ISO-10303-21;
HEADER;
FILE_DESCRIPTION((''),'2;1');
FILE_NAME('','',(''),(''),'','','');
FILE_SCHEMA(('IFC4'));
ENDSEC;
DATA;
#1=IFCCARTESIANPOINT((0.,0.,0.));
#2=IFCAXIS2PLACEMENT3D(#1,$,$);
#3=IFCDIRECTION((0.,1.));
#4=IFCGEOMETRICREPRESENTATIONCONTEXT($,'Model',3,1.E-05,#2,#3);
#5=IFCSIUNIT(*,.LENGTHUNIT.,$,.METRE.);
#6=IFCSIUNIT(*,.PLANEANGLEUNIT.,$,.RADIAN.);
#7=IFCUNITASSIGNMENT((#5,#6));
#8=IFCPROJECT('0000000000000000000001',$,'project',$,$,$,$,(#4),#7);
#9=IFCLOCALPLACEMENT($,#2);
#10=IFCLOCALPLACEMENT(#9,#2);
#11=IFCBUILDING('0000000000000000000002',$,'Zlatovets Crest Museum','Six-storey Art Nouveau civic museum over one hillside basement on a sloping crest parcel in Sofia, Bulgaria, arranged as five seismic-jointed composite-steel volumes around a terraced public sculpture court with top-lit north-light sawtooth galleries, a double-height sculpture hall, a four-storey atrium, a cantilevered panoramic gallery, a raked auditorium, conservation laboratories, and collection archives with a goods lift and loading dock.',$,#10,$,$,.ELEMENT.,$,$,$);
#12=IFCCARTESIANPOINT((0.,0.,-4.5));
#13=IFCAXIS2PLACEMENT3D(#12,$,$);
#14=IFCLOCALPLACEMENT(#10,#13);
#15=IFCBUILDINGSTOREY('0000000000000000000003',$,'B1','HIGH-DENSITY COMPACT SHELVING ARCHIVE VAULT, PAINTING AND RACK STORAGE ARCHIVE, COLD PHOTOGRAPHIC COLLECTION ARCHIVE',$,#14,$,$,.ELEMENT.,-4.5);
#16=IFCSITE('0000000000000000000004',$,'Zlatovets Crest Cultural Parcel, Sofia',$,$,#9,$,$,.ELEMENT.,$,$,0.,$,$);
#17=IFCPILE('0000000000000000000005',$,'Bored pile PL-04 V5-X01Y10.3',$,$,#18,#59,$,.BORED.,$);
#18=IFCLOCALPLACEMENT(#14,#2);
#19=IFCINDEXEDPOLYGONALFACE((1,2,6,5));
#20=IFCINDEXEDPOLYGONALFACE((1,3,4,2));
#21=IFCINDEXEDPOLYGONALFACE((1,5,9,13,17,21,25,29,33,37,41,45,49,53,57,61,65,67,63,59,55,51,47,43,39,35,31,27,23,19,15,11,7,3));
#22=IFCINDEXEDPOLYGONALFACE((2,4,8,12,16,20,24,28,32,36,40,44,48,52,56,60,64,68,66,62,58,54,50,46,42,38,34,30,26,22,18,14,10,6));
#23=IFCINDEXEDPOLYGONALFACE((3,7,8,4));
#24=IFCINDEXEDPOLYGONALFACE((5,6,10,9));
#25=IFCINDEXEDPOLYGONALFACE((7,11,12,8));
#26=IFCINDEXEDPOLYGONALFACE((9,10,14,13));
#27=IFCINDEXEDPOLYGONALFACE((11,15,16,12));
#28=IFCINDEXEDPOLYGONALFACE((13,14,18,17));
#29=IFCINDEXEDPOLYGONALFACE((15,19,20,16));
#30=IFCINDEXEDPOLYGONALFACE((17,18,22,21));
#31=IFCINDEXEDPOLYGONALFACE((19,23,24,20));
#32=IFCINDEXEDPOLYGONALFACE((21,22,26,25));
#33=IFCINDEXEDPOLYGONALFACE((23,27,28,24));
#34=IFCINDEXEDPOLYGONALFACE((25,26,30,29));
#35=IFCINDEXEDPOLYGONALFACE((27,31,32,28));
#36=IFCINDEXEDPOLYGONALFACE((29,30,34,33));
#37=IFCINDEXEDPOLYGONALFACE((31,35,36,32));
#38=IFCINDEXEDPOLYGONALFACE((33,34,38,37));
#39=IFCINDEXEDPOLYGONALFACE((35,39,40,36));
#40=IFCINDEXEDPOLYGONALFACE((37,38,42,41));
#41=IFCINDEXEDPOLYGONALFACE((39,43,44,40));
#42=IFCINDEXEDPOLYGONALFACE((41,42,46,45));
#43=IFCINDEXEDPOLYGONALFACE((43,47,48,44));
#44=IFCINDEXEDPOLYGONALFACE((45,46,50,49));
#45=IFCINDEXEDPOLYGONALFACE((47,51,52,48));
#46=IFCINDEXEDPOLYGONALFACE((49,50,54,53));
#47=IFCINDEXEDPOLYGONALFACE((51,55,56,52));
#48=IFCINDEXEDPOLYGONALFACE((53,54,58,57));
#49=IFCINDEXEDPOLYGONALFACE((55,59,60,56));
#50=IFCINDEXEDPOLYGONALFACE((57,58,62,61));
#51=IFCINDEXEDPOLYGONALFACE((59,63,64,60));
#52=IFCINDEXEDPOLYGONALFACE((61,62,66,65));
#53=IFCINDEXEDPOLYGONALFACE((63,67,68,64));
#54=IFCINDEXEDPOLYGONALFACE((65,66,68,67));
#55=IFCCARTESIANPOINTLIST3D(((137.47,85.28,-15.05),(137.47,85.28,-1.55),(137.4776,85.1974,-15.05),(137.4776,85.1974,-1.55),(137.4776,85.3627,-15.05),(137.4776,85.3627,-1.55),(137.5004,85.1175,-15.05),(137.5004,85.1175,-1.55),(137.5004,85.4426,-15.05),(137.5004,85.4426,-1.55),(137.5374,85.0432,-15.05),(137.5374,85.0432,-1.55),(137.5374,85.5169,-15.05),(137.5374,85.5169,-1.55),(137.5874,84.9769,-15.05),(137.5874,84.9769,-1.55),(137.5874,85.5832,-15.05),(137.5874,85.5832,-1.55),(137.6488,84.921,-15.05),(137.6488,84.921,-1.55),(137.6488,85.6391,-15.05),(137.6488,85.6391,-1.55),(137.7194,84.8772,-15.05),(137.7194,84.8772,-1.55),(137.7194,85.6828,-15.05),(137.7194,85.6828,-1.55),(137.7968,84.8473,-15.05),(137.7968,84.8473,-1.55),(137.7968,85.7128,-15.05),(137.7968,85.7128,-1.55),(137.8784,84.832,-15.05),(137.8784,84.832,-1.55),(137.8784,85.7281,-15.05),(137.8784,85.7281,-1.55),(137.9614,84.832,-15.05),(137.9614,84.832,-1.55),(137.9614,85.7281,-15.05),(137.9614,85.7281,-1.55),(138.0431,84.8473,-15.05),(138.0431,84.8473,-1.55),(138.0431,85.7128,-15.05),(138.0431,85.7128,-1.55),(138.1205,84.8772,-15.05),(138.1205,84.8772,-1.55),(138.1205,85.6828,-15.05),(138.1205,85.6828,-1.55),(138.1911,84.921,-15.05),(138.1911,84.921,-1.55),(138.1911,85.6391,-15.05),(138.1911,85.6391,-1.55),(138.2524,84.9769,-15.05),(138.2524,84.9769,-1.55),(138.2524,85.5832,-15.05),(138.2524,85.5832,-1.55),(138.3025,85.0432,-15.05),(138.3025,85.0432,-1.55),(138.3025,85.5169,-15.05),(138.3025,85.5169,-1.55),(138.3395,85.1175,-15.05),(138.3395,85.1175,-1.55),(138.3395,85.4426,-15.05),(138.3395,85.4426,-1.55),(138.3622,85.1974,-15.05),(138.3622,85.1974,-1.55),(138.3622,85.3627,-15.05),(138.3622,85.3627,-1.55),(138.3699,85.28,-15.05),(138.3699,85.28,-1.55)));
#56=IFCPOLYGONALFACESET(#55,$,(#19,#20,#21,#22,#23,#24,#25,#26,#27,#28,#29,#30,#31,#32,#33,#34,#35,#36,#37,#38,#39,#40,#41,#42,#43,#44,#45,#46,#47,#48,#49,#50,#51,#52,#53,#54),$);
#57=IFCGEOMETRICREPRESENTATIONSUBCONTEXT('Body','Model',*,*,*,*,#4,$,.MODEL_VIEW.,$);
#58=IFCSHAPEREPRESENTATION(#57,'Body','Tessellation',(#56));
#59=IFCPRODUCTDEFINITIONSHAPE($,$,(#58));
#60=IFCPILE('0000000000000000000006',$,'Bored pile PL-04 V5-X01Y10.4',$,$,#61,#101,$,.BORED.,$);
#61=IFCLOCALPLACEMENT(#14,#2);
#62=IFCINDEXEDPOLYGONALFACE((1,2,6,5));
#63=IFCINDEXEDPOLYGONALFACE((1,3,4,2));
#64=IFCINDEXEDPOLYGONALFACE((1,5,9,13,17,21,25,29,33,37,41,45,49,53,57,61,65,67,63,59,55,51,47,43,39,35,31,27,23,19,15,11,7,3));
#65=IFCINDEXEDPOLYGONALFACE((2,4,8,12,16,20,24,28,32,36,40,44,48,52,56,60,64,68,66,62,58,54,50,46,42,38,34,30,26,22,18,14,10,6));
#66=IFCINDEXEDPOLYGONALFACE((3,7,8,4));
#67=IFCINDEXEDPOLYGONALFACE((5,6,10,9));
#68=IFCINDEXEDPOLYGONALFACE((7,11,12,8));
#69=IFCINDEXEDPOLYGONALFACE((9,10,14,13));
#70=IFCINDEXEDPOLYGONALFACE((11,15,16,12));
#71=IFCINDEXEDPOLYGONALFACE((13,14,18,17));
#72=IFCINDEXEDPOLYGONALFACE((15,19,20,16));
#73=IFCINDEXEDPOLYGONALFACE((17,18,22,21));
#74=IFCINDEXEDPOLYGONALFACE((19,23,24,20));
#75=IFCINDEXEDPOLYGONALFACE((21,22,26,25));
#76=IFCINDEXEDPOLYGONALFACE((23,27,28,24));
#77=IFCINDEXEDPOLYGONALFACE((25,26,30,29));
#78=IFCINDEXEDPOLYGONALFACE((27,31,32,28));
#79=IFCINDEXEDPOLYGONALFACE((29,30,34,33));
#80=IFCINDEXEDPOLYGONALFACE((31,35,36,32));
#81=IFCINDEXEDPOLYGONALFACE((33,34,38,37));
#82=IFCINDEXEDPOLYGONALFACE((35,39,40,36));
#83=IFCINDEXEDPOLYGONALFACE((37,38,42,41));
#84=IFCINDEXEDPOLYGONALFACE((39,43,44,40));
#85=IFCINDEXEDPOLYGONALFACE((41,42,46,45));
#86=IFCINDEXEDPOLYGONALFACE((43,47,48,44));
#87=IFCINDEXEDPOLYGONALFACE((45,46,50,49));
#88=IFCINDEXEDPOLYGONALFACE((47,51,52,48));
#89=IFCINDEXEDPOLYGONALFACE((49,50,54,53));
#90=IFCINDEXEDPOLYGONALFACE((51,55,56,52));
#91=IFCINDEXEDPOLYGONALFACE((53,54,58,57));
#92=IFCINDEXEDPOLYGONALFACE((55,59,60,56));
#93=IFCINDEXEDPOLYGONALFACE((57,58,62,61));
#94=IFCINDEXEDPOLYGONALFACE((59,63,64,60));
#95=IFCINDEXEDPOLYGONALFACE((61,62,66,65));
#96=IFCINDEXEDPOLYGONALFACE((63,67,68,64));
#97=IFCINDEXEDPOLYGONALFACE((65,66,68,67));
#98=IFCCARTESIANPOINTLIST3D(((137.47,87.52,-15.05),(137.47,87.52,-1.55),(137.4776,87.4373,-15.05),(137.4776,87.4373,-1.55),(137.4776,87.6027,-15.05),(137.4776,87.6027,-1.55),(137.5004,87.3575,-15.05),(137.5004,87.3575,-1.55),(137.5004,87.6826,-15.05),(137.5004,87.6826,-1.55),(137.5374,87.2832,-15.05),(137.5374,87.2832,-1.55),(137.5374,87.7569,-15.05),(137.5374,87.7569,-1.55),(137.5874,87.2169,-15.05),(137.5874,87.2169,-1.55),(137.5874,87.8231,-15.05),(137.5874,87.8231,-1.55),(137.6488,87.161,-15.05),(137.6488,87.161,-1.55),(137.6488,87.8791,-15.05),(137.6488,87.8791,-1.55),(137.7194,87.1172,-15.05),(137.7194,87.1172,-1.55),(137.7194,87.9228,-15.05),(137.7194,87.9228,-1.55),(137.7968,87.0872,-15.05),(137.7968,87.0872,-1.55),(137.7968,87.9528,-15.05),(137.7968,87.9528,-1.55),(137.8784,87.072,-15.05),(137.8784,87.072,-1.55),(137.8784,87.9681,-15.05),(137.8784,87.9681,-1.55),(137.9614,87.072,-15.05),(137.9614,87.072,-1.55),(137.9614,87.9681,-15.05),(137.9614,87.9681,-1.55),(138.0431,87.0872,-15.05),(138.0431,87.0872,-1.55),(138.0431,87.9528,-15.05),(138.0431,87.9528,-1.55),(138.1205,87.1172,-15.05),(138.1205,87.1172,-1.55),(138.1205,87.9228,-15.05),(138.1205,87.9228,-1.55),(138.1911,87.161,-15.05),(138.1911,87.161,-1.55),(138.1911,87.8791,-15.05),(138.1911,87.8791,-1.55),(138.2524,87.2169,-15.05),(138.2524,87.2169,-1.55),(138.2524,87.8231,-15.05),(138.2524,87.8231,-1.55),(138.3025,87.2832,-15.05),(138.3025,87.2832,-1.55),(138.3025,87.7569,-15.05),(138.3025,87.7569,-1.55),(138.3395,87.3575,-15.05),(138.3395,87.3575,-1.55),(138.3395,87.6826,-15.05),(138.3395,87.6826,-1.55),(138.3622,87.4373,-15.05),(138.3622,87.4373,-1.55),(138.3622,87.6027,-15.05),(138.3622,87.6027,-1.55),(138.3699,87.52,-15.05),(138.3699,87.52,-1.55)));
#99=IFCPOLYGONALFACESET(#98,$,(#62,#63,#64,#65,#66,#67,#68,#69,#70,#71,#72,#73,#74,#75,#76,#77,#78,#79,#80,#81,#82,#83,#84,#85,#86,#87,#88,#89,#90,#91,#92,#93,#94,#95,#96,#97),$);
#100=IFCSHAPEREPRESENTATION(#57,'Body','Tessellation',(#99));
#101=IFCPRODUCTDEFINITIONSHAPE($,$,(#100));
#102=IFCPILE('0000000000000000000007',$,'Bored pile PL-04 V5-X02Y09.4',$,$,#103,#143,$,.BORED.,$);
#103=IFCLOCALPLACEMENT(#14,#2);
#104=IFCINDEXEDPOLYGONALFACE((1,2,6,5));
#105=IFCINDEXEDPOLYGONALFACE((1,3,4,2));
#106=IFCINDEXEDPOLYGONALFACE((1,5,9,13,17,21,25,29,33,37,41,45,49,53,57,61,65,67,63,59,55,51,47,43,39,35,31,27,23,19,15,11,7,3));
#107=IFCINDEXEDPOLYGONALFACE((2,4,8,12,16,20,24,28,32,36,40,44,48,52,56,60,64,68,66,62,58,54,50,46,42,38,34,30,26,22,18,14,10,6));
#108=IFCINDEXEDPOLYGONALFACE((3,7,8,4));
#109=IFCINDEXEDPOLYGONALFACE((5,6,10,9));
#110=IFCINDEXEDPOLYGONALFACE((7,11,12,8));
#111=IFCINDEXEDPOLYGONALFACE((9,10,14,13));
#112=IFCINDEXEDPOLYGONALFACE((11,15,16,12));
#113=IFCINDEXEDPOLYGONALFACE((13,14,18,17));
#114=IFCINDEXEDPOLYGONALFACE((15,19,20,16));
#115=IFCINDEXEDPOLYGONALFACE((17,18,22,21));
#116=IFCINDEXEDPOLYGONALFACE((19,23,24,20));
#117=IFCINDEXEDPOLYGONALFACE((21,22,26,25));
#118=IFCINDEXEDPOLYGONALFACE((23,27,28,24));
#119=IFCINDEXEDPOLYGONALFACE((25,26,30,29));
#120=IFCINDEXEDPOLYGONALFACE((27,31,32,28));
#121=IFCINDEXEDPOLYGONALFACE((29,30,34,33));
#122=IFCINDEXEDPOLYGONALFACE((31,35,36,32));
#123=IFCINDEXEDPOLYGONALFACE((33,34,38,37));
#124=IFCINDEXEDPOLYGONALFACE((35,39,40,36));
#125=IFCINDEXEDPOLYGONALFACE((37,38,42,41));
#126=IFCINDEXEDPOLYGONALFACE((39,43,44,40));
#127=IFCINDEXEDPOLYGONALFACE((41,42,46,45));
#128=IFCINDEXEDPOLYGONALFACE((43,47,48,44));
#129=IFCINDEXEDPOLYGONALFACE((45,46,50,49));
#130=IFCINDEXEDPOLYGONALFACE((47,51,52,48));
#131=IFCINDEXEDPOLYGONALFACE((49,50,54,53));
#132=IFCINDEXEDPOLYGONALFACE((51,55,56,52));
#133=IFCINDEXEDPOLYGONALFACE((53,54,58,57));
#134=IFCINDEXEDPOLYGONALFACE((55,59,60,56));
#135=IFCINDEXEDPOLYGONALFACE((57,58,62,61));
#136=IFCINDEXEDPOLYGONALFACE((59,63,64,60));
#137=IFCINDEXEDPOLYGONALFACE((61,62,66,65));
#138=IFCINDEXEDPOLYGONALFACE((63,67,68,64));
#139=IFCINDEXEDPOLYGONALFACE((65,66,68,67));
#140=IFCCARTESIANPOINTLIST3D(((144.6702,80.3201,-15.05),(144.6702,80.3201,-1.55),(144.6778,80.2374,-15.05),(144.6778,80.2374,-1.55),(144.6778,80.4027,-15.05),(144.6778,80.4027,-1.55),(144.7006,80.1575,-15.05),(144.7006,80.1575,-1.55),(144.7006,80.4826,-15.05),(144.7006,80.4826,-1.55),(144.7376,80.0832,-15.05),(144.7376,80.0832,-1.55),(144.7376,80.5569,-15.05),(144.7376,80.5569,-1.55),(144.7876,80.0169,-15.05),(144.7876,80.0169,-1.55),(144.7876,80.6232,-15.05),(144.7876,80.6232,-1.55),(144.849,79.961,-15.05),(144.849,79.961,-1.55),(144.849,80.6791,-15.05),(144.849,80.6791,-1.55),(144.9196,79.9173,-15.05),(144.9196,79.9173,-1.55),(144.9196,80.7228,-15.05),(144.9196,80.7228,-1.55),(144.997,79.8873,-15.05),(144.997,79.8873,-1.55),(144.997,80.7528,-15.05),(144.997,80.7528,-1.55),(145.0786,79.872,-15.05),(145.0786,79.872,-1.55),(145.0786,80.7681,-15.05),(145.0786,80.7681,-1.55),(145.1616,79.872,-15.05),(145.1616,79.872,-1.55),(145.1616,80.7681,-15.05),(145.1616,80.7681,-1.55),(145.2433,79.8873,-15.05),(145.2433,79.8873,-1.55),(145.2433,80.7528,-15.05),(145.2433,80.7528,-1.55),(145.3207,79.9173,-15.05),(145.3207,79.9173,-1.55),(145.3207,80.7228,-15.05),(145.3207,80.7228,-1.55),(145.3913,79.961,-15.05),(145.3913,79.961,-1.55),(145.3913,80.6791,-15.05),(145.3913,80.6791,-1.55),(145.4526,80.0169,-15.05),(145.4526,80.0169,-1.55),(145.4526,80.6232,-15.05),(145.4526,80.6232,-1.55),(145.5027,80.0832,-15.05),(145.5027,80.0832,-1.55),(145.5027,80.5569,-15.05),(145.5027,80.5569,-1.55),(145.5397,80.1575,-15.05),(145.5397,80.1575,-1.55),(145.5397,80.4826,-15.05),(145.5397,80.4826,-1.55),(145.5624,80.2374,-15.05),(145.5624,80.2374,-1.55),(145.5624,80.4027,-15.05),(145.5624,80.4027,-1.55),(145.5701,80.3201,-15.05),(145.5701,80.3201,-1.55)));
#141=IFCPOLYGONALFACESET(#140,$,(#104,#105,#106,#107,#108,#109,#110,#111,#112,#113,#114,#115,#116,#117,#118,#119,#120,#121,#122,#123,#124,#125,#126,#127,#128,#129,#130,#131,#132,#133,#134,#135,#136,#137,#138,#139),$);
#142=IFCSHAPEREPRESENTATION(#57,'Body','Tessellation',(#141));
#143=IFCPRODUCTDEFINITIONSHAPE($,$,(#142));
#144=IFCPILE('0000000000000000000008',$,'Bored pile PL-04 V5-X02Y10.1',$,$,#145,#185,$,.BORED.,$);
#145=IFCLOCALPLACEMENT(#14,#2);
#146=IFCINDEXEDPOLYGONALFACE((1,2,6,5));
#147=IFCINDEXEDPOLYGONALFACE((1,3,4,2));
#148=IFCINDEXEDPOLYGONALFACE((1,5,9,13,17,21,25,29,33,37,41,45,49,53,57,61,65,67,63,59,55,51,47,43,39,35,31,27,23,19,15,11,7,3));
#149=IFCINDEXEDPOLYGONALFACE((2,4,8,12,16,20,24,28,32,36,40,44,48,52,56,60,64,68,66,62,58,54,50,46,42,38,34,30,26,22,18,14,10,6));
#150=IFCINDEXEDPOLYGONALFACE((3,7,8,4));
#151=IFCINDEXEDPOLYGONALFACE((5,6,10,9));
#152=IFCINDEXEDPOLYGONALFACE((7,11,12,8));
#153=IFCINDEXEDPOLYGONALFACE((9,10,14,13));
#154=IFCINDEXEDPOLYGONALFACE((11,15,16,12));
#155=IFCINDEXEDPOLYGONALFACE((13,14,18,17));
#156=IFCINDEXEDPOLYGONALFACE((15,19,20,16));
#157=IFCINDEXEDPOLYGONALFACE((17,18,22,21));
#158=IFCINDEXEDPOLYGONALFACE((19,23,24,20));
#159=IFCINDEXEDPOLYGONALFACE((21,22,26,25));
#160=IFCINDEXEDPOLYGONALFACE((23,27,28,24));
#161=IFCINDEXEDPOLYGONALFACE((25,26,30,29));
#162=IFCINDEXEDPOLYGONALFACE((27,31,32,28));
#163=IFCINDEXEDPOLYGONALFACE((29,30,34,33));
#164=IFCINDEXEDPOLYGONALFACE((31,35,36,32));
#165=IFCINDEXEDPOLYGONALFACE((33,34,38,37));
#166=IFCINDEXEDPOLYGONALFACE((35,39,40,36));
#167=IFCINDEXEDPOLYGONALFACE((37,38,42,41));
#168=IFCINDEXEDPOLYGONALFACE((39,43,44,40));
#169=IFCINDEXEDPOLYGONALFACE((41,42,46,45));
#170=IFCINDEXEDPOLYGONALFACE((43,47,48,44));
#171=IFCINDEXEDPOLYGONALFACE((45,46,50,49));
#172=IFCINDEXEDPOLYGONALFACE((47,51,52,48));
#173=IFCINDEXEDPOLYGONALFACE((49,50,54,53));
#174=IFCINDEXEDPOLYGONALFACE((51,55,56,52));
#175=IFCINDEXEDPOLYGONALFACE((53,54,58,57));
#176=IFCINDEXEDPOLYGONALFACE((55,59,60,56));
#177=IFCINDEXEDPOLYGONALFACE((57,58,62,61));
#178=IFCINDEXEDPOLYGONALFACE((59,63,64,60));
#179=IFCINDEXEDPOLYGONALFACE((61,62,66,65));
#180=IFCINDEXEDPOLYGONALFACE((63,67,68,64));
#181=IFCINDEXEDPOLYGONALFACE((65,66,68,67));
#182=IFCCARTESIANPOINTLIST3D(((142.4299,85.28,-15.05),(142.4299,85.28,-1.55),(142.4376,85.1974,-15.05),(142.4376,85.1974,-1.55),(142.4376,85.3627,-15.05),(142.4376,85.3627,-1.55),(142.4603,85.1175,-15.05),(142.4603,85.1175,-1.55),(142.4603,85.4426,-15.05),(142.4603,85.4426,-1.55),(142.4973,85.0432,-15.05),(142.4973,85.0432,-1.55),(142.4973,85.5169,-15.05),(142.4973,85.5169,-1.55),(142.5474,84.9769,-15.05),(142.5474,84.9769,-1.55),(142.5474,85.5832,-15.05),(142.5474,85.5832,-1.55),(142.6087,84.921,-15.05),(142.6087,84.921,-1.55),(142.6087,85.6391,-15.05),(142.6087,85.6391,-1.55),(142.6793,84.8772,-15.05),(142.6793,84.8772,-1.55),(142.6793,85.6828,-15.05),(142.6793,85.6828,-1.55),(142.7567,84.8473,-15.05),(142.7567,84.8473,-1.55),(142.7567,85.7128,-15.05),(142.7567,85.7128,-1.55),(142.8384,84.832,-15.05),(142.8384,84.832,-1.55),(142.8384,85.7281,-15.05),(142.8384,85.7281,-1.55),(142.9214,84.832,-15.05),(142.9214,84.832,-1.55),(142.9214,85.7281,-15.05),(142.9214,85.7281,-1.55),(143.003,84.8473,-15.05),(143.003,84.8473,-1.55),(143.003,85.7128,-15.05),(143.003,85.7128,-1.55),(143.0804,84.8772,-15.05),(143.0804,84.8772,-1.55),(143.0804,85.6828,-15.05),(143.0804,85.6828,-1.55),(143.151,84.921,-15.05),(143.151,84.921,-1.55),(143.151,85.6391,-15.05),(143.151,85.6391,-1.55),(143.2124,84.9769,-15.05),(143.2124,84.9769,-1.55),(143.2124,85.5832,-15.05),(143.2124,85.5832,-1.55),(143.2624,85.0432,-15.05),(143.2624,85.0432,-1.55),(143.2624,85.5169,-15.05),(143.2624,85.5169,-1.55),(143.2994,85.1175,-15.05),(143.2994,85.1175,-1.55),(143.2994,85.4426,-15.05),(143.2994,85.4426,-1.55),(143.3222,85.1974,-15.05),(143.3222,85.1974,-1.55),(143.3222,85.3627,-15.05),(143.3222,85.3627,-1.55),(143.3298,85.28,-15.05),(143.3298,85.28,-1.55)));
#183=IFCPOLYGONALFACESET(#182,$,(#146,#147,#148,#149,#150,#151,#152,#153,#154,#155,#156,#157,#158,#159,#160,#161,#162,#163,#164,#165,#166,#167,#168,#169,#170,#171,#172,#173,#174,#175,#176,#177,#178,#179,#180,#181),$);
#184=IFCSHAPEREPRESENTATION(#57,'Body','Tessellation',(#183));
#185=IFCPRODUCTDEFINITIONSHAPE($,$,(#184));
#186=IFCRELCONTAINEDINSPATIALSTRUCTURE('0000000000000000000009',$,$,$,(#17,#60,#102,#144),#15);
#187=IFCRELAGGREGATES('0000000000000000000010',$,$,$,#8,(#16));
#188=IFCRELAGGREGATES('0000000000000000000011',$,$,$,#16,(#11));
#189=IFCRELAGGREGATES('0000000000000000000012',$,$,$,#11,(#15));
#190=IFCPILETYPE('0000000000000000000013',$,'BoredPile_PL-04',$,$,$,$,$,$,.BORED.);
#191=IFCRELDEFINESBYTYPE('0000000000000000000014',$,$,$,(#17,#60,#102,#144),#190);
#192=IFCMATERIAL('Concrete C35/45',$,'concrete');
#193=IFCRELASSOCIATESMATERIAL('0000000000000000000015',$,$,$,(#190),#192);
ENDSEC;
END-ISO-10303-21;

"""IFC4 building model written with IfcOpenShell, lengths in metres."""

from ifc_helpers import new_model, si_unit, direction, frame, origin, origin_2d, place, context, subcontext, project, spatial, circle, extrude, material, material_profile, profile_set, type_object, element, save


model = new_model("IFC4")

# Units and contexts
model_context = context("Model", 3, precision=1e-05, world=origin(), true_north=direction((0.0, 1.0)))
body_context = subcontext(model_context, "Body", "Model", "MODEL_VIEW")
ifc_project = project(units=[si_unit("LENGTHUNIT", "METRE"), si_unit("PLANEANGLEUNIT", "RADIAN")], contexts=[model_context])

# Site, building, storey
site_placement = place(None, origin())
site = spatial("IfcSite", under=ifc_project, at=site_placement, Name="Zlatovets Crest Cultural Parcel, Sofia", CompositionType="ELEMENT", RefElevation=0.0)
building_placement = place(site_placement, origin())
building = spatial("IfcBuilding", under=site, at=building_placement, Name="Zlatovets Crest Museum", Description="Six-storey Art Nouveau civic museum over one hillside basement on a sloping crest parcel in Sofia, Bulgaria, arranged as five seismic-jointed composite-steel volumes around a terraced public sculpture court with top-lit north-light sawtooth galleries, a double-height sculpture hall, a four-storey atrium, a cantilevered panoramic gallery, a raked auditorium, conservation laboratories, and collection archives with a goods lift and loading dock.", CompositionType="ELEMENT")
storey_placement = place(building_placement, frame((0.0, 0.0, -4.5)))
storey = spatial("IfcBuildingStorey", under=building, at=storey_placement, Name="B1", Description="HIGH-DENSITY COMPACT SHELVING ARCHIVE VAULT, PAINTING AND RACK STORAGE ARCHIVE, COLD PHOTOGRAPHIC COLLECTION ARCHIVE", CompositionType="ELEMENT", Elevation=-4.5)

# Piles
ifc_material_1 = material(Name="Concrete C35/45", Category="concrete")
ifc_material_profile_1 = material_profile(ifc_material_1, circle(Radius=0.45, at=origin_2d()), Name="PILE D900")
ifc_profile_set_1 = profile_set([ifc_material_profile_1], Name="Concrete C35/45")
pile_type = type_object("IfcPileType", Name="BoredPile_PL-04", PredefinedType="BORED", material=ifc_profile_set_1)
for number, where, z_axis, x_axis, name in (
    (1, (137.9199, 85.28, -1.55), (0.0, 0.0, -1.0), (1.0, 0.0, 0.0), "Bored pile PL-04 V5-X01Y10.3"),
    (2, (137.9199, 87.52, -1.55), (0.0, 0.0, -1.0), (1.0, 0.0, 0.0), "Bored pile PL-04 V5-X01Y10.4"),
    (3, (145.1201, 80.3201, -1.55), (0.0, 0.0, -1.0), (1.0, 0.0, 0.0), "Bored pile PL-04 V5-X02Y09.4"),
    (4, (142.8799, 85.28, -1.55), (0.0, 0.0, -1.0), (1.0, 0.0, 0.0), "Bored pile PL-04 V5-X02Y10.1"),
):
    element("IfcPile", number, at=place(storey_placement, frame(where, z_axis=z_axis, x_axis=x_axis)), inside=storey, type_object=pile_type, Name=name, PredefinedType="BORED", context=body_context, shape_type="SweptSolid", body=[
        extrude(circle(Radius=0.45, at=origin_2d()), origin(), (0.0, 0.0, 1.0), 13.5),
    ])

save(model, "model.ifc")
